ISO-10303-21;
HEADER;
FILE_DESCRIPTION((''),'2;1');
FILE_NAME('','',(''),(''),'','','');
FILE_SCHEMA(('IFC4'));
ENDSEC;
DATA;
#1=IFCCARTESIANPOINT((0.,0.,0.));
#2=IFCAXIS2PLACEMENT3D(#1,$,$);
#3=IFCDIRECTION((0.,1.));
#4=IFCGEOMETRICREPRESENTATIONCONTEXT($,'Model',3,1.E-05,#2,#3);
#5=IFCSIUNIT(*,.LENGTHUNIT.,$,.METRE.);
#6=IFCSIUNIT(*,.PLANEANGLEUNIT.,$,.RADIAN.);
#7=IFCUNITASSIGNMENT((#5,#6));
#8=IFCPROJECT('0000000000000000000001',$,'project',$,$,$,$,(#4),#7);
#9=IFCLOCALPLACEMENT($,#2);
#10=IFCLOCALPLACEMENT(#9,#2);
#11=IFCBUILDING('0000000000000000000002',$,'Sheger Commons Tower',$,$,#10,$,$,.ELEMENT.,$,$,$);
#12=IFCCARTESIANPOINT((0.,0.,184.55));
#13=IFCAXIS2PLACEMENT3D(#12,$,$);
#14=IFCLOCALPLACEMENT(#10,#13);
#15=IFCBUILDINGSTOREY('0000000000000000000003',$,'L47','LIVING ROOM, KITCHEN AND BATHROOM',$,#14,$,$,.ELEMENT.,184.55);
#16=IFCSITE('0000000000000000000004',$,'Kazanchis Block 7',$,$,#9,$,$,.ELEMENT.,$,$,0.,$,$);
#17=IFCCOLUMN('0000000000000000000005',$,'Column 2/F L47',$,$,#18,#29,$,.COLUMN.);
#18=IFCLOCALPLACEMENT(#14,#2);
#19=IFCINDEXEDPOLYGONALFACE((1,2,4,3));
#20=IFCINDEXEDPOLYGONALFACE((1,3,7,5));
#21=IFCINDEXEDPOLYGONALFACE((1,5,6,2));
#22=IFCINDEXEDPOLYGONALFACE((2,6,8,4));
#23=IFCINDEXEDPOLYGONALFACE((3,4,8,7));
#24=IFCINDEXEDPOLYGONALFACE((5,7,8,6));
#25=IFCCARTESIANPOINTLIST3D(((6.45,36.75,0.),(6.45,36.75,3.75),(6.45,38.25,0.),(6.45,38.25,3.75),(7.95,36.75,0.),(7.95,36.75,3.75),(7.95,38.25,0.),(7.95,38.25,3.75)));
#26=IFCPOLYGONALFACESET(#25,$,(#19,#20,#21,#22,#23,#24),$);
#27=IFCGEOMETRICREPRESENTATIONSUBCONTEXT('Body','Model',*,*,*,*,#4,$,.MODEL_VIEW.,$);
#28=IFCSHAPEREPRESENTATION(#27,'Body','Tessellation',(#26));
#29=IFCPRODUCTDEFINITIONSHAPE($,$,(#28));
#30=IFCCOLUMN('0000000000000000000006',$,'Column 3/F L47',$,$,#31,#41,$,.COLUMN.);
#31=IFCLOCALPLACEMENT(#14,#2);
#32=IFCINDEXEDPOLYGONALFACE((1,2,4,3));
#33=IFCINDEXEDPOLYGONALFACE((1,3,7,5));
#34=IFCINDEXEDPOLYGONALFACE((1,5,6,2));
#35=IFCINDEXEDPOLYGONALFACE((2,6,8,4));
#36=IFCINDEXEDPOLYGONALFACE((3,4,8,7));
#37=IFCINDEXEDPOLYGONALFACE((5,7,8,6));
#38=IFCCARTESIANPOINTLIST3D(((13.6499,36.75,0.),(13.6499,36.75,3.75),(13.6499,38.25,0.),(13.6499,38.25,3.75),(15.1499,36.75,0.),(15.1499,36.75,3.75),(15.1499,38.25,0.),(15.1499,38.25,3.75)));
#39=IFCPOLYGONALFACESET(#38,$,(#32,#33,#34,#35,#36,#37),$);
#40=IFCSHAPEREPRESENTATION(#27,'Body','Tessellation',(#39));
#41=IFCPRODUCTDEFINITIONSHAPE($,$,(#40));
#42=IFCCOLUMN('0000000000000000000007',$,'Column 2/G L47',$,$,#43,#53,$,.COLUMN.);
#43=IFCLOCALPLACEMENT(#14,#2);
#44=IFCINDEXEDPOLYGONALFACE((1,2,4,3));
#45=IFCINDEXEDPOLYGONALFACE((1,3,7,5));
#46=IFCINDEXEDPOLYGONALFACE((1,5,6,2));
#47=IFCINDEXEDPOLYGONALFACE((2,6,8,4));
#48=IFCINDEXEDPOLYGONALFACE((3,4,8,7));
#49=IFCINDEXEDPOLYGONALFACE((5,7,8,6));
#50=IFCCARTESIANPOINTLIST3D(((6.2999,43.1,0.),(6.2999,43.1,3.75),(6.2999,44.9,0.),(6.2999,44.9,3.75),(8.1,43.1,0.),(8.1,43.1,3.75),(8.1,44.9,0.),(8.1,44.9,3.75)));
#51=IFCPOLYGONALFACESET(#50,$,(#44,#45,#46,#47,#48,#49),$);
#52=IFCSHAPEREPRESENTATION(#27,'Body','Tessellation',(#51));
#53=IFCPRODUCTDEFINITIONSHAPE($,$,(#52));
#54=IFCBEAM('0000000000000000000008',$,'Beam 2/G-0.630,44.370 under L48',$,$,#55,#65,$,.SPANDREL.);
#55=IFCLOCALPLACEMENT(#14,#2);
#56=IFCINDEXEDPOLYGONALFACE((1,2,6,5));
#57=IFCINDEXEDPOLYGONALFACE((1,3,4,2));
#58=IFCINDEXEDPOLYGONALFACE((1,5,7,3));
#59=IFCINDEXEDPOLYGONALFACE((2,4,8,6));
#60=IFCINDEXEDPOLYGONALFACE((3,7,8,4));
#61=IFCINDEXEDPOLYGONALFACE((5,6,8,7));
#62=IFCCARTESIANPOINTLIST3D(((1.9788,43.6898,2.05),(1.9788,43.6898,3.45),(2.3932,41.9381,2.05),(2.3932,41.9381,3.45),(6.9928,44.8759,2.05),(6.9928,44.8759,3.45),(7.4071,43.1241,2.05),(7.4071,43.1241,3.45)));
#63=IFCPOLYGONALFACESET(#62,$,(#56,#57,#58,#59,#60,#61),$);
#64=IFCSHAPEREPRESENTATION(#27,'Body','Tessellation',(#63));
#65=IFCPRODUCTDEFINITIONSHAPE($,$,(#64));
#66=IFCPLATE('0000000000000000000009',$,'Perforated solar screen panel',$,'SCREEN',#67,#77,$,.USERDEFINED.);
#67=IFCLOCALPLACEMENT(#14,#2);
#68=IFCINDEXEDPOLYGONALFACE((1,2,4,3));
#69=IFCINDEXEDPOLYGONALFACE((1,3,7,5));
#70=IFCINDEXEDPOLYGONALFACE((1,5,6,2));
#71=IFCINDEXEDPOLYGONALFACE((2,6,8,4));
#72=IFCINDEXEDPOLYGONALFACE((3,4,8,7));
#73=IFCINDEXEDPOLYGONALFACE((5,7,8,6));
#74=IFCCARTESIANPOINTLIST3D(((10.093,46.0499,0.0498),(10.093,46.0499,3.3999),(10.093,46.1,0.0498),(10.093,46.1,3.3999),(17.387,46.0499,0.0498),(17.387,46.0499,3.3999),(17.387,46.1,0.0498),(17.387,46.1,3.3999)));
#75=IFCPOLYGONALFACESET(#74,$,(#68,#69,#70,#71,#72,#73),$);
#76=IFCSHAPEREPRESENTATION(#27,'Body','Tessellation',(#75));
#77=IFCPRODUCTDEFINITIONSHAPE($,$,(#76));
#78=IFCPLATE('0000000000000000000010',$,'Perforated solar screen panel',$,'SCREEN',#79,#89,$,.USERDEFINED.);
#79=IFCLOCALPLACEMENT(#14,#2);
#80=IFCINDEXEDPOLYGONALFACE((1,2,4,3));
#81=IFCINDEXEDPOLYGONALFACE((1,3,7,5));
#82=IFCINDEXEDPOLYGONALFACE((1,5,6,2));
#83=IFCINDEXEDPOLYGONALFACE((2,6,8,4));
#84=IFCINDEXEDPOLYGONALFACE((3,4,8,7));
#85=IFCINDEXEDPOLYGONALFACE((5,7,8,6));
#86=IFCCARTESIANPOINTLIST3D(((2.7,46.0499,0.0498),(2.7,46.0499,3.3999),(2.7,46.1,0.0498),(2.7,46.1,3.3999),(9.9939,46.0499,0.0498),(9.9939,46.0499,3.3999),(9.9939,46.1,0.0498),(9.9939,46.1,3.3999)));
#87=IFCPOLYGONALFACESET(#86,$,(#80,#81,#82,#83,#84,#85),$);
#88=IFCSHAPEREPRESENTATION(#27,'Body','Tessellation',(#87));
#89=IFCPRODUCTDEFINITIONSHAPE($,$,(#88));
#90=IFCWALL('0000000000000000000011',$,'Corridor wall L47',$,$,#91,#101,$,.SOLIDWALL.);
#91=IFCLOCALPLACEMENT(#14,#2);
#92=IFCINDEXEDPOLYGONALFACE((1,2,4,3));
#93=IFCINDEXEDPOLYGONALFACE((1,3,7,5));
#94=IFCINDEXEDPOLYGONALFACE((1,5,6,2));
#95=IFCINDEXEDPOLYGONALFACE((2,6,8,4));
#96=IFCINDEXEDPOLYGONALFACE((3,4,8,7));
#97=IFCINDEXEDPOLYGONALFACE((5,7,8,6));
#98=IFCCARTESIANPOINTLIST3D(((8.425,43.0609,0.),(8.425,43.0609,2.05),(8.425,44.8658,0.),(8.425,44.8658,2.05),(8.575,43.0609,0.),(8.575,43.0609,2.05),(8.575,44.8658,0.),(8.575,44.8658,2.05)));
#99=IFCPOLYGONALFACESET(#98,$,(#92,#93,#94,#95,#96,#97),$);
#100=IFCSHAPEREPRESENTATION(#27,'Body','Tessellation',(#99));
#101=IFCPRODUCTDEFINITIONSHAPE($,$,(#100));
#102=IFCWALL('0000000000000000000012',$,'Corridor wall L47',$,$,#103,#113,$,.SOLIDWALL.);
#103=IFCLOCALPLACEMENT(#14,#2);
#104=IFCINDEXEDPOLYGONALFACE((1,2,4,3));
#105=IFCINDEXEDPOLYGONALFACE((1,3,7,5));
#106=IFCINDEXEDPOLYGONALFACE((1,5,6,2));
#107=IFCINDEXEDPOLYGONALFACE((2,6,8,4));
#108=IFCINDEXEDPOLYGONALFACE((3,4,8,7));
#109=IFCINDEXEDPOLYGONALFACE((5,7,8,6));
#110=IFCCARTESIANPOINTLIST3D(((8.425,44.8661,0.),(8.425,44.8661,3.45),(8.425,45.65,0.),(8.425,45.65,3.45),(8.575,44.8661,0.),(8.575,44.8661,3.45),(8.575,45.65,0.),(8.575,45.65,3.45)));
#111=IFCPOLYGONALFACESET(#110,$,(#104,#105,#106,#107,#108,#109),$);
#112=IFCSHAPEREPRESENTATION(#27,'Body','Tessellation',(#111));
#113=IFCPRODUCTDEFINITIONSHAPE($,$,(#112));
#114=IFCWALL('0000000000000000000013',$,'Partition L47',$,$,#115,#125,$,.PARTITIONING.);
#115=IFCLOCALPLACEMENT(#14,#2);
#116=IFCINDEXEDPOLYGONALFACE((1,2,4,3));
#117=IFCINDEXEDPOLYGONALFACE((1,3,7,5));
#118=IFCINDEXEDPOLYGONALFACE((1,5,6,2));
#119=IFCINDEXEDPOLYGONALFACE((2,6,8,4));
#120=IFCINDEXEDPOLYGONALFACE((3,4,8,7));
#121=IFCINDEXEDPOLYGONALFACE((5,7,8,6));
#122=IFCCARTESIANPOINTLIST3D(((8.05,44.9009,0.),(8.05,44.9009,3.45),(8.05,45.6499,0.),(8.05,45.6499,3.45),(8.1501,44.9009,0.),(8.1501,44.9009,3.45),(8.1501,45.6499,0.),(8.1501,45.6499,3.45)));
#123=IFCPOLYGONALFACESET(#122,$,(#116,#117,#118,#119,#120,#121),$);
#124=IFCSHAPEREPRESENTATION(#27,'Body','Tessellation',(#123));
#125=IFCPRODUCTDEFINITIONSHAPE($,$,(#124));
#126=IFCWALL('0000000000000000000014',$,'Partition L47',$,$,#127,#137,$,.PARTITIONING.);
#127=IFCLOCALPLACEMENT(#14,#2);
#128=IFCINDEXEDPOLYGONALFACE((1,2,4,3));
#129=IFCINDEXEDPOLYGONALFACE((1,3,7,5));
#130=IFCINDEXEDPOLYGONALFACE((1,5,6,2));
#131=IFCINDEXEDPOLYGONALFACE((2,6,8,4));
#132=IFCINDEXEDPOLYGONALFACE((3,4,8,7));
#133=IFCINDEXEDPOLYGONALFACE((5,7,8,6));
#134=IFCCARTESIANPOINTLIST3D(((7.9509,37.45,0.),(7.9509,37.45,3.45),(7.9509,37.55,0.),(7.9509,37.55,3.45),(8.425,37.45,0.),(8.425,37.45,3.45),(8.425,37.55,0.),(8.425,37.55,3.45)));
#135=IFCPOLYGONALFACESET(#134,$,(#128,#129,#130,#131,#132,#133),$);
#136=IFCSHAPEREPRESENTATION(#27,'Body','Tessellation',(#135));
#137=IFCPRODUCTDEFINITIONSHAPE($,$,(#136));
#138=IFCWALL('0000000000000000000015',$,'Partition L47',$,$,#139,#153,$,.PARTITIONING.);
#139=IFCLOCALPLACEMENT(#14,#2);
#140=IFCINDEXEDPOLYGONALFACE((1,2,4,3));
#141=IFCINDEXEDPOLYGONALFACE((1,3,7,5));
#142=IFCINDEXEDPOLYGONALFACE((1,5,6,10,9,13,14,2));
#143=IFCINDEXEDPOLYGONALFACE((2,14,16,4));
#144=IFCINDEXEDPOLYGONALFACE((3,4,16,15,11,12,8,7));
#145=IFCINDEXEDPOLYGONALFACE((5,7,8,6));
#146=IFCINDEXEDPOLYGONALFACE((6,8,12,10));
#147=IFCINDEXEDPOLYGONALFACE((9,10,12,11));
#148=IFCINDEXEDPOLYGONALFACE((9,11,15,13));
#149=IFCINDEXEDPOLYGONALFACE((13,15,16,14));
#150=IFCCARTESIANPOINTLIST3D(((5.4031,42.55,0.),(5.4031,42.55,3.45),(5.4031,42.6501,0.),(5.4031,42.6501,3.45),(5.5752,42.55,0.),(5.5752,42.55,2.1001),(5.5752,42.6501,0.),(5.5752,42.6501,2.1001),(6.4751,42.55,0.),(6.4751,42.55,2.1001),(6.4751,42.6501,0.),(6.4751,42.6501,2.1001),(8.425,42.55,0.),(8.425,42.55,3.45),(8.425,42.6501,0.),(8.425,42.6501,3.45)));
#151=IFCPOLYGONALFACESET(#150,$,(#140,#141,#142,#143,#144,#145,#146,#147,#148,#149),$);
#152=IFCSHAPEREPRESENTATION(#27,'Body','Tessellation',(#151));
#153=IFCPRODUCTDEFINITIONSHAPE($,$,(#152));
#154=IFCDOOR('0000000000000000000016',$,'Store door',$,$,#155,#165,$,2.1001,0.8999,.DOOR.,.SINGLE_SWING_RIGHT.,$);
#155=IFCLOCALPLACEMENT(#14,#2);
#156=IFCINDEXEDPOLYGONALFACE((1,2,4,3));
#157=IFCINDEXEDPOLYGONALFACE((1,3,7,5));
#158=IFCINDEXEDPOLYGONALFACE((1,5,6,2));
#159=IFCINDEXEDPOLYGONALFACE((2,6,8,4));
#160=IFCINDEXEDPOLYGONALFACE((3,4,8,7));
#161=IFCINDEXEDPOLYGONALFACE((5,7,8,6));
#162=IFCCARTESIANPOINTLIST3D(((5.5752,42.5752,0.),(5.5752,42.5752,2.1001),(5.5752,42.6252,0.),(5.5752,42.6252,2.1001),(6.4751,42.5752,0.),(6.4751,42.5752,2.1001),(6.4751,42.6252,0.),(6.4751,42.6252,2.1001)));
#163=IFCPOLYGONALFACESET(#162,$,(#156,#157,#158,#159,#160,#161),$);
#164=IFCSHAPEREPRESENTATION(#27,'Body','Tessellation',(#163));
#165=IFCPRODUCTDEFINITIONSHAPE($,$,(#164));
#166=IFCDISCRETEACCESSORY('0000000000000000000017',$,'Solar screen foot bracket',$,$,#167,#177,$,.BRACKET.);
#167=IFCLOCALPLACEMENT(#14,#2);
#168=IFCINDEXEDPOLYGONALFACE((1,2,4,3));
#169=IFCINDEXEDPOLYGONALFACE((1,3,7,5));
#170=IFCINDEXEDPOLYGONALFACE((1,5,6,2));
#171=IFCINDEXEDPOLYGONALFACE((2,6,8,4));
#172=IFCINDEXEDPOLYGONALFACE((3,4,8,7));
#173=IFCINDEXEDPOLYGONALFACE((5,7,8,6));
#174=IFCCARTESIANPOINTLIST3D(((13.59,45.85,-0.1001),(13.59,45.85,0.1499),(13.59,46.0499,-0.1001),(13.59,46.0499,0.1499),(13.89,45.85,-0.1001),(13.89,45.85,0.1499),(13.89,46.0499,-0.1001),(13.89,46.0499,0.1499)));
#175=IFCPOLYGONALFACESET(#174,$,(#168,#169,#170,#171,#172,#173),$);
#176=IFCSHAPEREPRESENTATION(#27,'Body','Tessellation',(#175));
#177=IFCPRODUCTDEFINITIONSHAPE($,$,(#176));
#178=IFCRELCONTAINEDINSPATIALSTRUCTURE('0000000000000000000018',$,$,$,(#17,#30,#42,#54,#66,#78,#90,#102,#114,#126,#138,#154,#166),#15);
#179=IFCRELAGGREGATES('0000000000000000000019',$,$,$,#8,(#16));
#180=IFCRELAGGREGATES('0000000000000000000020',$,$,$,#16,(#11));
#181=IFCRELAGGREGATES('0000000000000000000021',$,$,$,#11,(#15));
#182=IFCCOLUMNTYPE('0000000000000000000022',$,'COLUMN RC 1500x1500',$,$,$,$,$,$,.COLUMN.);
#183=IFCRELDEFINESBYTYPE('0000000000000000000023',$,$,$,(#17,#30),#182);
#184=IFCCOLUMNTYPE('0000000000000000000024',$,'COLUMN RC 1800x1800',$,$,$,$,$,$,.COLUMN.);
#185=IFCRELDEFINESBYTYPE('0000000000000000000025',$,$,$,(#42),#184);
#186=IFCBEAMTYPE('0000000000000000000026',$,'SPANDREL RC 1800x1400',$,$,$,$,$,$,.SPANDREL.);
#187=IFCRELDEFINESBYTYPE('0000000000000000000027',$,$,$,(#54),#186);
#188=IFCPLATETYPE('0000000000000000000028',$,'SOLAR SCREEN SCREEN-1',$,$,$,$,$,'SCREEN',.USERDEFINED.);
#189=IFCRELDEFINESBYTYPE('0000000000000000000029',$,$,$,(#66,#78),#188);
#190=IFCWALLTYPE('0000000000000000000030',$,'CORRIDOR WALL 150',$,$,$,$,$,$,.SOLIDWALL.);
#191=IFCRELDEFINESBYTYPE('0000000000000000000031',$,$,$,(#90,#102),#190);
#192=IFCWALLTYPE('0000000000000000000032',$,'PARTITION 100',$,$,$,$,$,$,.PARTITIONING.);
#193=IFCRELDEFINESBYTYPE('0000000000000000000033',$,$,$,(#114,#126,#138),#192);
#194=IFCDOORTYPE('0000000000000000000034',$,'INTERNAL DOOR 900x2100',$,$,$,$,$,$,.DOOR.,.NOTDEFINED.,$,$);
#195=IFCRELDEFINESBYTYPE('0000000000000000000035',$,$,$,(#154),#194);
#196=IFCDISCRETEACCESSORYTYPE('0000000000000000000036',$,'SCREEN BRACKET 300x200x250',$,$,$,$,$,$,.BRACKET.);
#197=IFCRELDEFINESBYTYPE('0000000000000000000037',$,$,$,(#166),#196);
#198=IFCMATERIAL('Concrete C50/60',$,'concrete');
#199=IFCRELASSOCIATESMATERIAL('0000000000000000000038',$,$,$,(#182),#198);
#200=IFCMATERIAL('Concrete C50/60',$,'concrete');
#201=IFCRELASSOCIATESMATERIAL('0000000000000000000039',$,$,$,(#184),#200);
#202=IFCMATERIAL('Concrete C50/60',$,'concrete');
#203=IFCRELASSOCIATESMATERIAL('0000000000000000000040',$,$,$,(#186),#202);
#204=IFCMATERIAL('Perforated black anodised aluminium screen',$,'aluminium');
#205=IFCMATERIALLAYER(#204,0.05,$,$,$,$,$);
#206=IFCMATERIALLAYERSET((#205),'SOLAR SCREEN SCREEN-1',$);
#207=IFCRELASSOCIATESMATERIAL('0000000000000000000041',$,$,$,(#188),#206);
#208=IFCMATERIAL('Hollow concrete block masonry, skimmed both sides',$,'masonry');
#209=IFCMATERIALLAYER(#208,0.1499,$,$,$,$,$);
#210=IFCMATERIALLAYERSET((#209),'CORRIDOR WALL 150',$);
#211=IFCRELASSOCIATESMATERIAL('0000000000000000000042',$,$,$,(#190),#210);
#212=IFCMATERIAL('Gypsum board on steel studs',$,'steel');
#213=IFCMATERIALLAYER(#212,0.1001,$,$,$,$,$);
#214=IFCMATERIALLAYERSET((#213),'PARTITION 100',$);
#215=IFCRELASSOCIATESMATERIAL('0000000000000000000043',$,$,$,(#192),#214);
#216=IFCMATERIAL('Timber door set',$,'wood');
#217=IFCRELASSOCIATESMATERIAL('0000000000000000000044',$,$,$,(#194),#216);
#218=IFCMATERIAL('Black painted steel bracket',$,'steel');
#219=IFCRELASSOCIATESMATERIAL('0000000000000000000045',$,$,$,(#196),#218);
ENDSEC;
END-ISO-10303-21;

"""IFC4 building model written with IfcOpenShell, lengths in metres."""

from ifc_helpers import new_model, si_unit, direction, frame, frame_2d, origin, origin_2d, place, context, subcontext, project, spatial, rectangle, extrude, material, layer, layer_set, material_profile, profile_set, type_object, element, fill, save


model = new_model("IFC4")

# Units and contexts
model_context = context("Model", 3, precision=1e-05, world=origin(), true_north=direction((0.0, 1.0)))
body_context = subcontext(model_context, "Body", "Model", "MODEL_VIEW")
ifc_project = project(units=[si_unit("LENGTHUNIT", "METRE"), si_unit("PLANEANGLEUNIT", "RADIAN")], contexts=[model_context])

# Site, building, storey
site_placement = place(None, origin())
site = spatial("IfcSite", under=ifc_project, at=site_placement, Name="Kazanchis Block 7", CompositionType="ELEMENT", RefElevation=0.0)
building_placement = place(site_placement, origin())
building = spatial("IfcBuilding", under=site, at=building_placement, Name="Sheger Commons Tower", CompositionType="ELEMENT")
storey_placement = place(building_placement, frame((0.0, 0.0, 184.55)))
storey = spatial("IfcBuildingStorey", under=building, at=storey_placement, Name="L47", Description="LIVING ROOM, KITCHEN AND BATHROOM", CompositionType="ELEMENT", Elevation=184.55)

# Columns
ifc_material_1 = material(Name="Concrete C50/60", Category="concrete")
ifc_material_profile_1 = material_profile(ifc_material_1, rectangle(XDim=1.5, YDim=1.5, at=origin_2d()), Name="RC 1500x1500")
ifc_profile_set_1 = profile_set([ifc_material_profile_1], Name="Concrete C50/60")
column_type_1 = type_object("IfcColumnType", Name="COLUMN RC 1500x1500", PredefinedType="COLUMN", material=ifc_profile_set_1)
for number, where, z_axis, x_axis, name in (
    (1, (7.2, 37.5, 0.0), (0.0, 0.0, 1.0), (1.0, 0.0, 0.0), "Column 2/F L47"),
    (2, (14.3999, 37.5, 0.0), (0.0, 0.0, 1.0), (1.0, 0.0, 0.0), "Column 3/F L47"),
):
    element("IfcColumn", number, at=place(storey_placement, frame(where, z_axis=z_axis, x_axis=x_axis)), inside=storey, type_object=column_type_1, Name=name, PredefinedType="COLUMN", context=body_context, shape_type="SweptSolid", body=[
        extrude(rectangle(XDim=1.5, YDim=1.5, at=origin_2d()), origin(), (0.0, 0.0, 1.0), 3.75),
    ])
ifc_material_2 = material(Name="Concrete C50/60", Category="concrete")
ifc_material_profile_2 = material_profile(ifc_material_2, rectangle(XDim=1.8, YDim=1.8, at=origin_2d()), Name="RC 1800x1800")
ifc_profile_set_2 = profile_set([ifc_material_profile_2], Name="Concrete C50/60")
column_type_2 = type_object("IfcColumnType", Name="COLUMN RC 1800x1800", PredefinedType="COLUMN", material=ifc_profile_set_2)
column_placement = place(storey_placement, frame((7.2, 44.0, 0.0), z_axis=(0.0, 0.0, 1.0), x_axis=(1.0, 0.0, 0.0)))
element("IfcColumn", 3, at=column_placement, inside=storey, type_object=column_type_2, Name="Column 2/G L47", PredefinedType="COLUMN", context=body_context, shape_type="SweptSolid", body=[
    extrude(rectangle(XDim=1.8, YDim=1.8, at=origin_2d()), origin(), (0.0, 0.0, 1.0), 3.75),
])

# Beam
ifc_material_3 = material(Name="Concrete C50/60", Category="concrete")
ifc_material_profile_3 = material_profile(ifc_material_3, rectangle(XDim=1.8, YDim=1.3999, at=origin_2d()), Name="RC 1800x1400")
ifc_profile_set_3 = profile_set([ifc_material_profile_3], Name="Concrete C50/60")
beam_type = type_object("IfcBeamType", Name="SPANDREL RC 1800x1400", PredefinedType="SPANDREL", material=ifc_profile_set_3)
beam_placement = place(storey_placement, frame((7.2, 44.0, 2.75), z_axis=(-0.973144, -0.230196, 0.0), x_axis=(0.230196, -0.973144, 0.0)))
element("IfcBeam", 4, at=beam_placement, inside=storey, type_object=beam_type, Name="Beam 2/G-0.630,44.370 under L48", PredefinedType="SPANDREL", context=body_context, shape_type="SweptSolid", body=[
    extrude(rectangle(XDim=1.8, YDim=1.3999, at=origin_2d()), origin(), (0.0, 0.0, 1.0), 5.1523),
])

# Plates
ifc_material_4 = material(Name="Perforated black anodised aluminium screen", Category="aluminium")
ifc_layer_1 = layer(ifc_material_4, 0.05)
ifc_layer_set_1 = layer_set([ifc_layer_1], Name="SOLAR SCREEN SCREEN-1")
plate_type = type_object("IfcPlateType", Name="SOLAR SCREEN SCREEN-1", ElementType="SCREEN", PredefinedType="USERDEFINED", material=ifc_layer_set_1)
for number, where, z_axis, x_axis, name in (
    (5, (13.74, 46.075, 0.0498), (0.0, 0.0, 1.0), (-1.0, 0.0, 0.0), "Perforated solar screen panel"),
    (6, (6.3469, 46.075, 0.0498), (0.0, 0.0, 1.0), (-1.0, 0.0, 0.0), "Perforated solar screen panel"),
):
    element("IfcPlate", number, at=place(storey_placement, frame(where, z_axis=z_axis, x_axis=x_axis)), inside=storey, type_object=plate_type, Name=name, ObjectType="SCREEN", PredefinedType="USERDEFINED", context=body_context, shape_type="SweptSolid", body=[
        extrude(rectangle(XDim=7.2939, YDim=0.05, at=origin_2d()), origin(), (0.0, 0.0, 1.0), 3.3501),
    ])

# Walls
ifc_material_5 = material(Name="Hollow concrete block masonry, skimmed both sides", Category="masonry")
ifc_layer_2 = layer(ifc_material_5, 0.1499)
ifc_layer_set_2 = layer_set([ifc_layer_2], Name="CORRIDOR WALL 150")
wall_type_1 = type_object("IfcWallType", Name="CORRIDOR WALL 150", PredefinedType="SOLIDWALL", material=ifc_layer_set_2)
wall_1_placement = place(storey_placement, frame((8.5, 43.061, 0.0), z_axis=(0.0, 0.0, 1.0), x_axis=(0.0, 1.0, 0.0)))
element("IfcWall", 7, at=wall_1_placement, inside=storey, type_object=wall_type_1, Name="Corridor wall L47", PredefinedType="SOLIDWALL", context=body_context, shape_type="SweptSolid", body=[
    extrude(rectangle(XDim=1.8049, YDim=0.1499, at=frame_2d((0.9023, 0.0))), origin(), (0.0, 0.0, 1.0), 2.05),
])
wall_2_placement = place(storey_placement, frame((8.5, 44.866, 0.0), z_axis=(0.0, 0.0, 1.0), x_axis=(0.0, 1.0, 0.0)))
element("IfcWall", 8, at=wall_2_placement, inside=storey, type_object=wall_type_1, Name="Corridor wall L47", PredefinedType="SOLIDWALL", context=body_context, shape_type="SweptSolid", body=[
    extrude(rectangle(XDim=0.7839, YDim=0.1499, at=frame_2d((0.3921, 0.0))), origin(), (0.0, 0.0, 1.0), 3.45),
])
ifc_material_6 = material(Name="Gypsum board on steel studs", Category="steel")
ifc_layer_3 = layer(ifc_material_6, 0.1001)
ifc_layer_set_3 = layer_set([ifc_layer_3], Name="PARTITION 100")
wall_type_2 = type_object("IfcWallType", Name="PARTITION 100", PredefinedType="PARTITIONING", material=ifc_layer_set_3)
wall_3_placement = place(storey_placement, frame((8.1001, 45.6499, 0.0), z_axis=(0.0, 0.0, 1.0), x_axis=(0.0, -1.0, 0.0)))
element("IfcWall", 9, at=wall_3_placement, inside=storey, type_object=wall_type_2, Name="Partition L47", PredefinedType="PARTITIONING", context=body_context, shape_type="SweptSolid", body=[
    extrude(rectangle(XDim=0.749, YDim=0.1001, at=frame_2d((0.3745, 0.0))), origin(), (0.0, 0.0, 1.0), 3.45),
])
wall_4_placement = place(storey_placement, frame((7.9509, 37.5, 0.0), z_axis=(0.0, 0.0, 1.0), x_axis=(1.0, 0.0, 0.0)))
element("IfcWall", 10, at=wall_4_placement, inside=storey, type_object=wall_type_2, Name="Partition L47", PredefinedType="PARTITIONING", context=body_context, shape_type="SweptSolid", body=[
    extrude(rectangle(XDim=0.4741, YDim=0.1001, at=frame_2d((0.2371, 0.0))), origin(), (0.0, 0.0, 1.0), 3.45),
])

# Wall, opening, door
wall_5_placement = place(storey_placement, frame((8.425, 42.6001, 0.0), z_axis=(0.0, 0.0, 1.0), x_axis=(-1.0, 0.0, 0.0)))
wall_5 = element("IfcWall", 11, at=wall_5_placement, inside=storey, type_object=wall_type_2, Name="Partition L47", PredefinedType="PARTITIONING", context=body_context, shape_type="SweptSolid", body=[
    extrude(rectangle(XDim=3.022, YDim=0.1001, at=frame_2d((1.511, 0.0))), origin(), (0.0, 0.0, 1.0), 3.45),
])
opening_placement = place(wall_5_placement, frame((1.95, 0.0, 0.0)))
opening = element("IfcOpeningElement", 12, at=opening_placement, cuts=wall_5, PredefinedType="OPENING", context=body_context, shape_type="SweptSolid", body=[
    extrude(rectangle(XDim=0.8999, YDim=2.1001, at=frame_2d((0.45, 1.05))), frame((0.0, 0.0601, 0.0), z_axis=(0.0, -1.0, 0.0), x_axis=(1.0, 0.0, 0.0)), (0.0, 0.0, 1.0), 0.1201),
])
ifc_material_7 = material(Name="Timber door set", Category="wood")
door_type = type_object("IfcDoorType", Name="INTERNAL DOOR 900x2100", OperationType="NOTDEFINED", PredefinedType="DOOR", material=ifc_material_7)
door_placement = place(opening_placement, origin())
door = element("IfcDoor", 13, at=door_placement, inside=storey, type_object=door_type, Name="Store door", OperationType="SINGLE_SWING_RIGHT", OverallHeight=2.1001, OverallWidth=0.8999, PredefinedType="DOOR", context=body_context, shape_type="SweptSolid", body=[
    extrude(rectangle(XDim=0.8999, YDim=2.1001, at=frame_2d((0.45, 1.05))), frame((0.0, 0.0249, 0.0), z_axis=(0.0, -1.0, 0.0), x_axis=(1.0, 0.0, 0.0)), (0.0, 0.0, 1.0), 0.05),
])
fill(opening, door)

# Discrete accessory
ifc_material_8 = material(Name="Black painted steel bracket", Category="steel")
discrete_accessory_type = type_object("IfcDiscreteAccessoryType", Name="SCREEN BRACKET 300x200x250", PredefinedType="BRACKET", material=ifc_material_8)
for number, where, z_axis, x_axis, name in (
    (14, (13.74, 45.95, -0.1001), (0.0, 0.0, 1.0), (-1.0, 0.0, 0.0), "Solar screen foot bracket"),
):
    element("IfcDiscreteAccessory", number, at=place(storey_placement, frame(where, z_axis=z_axis, x_axis=x_axis)), inside=storey, type_object=discrete_accessory_type, Name=name, PredefinedType="BRACKET", context=body_context, shape_type="SweptSolid", body=[
        extrude(rectangle(XDim=0.3, YDim=0.2, at=origin_2d()), origin(), (0.0, 0.0, 1.0), 0.25),
    ])

save(model, "model.ifc")
